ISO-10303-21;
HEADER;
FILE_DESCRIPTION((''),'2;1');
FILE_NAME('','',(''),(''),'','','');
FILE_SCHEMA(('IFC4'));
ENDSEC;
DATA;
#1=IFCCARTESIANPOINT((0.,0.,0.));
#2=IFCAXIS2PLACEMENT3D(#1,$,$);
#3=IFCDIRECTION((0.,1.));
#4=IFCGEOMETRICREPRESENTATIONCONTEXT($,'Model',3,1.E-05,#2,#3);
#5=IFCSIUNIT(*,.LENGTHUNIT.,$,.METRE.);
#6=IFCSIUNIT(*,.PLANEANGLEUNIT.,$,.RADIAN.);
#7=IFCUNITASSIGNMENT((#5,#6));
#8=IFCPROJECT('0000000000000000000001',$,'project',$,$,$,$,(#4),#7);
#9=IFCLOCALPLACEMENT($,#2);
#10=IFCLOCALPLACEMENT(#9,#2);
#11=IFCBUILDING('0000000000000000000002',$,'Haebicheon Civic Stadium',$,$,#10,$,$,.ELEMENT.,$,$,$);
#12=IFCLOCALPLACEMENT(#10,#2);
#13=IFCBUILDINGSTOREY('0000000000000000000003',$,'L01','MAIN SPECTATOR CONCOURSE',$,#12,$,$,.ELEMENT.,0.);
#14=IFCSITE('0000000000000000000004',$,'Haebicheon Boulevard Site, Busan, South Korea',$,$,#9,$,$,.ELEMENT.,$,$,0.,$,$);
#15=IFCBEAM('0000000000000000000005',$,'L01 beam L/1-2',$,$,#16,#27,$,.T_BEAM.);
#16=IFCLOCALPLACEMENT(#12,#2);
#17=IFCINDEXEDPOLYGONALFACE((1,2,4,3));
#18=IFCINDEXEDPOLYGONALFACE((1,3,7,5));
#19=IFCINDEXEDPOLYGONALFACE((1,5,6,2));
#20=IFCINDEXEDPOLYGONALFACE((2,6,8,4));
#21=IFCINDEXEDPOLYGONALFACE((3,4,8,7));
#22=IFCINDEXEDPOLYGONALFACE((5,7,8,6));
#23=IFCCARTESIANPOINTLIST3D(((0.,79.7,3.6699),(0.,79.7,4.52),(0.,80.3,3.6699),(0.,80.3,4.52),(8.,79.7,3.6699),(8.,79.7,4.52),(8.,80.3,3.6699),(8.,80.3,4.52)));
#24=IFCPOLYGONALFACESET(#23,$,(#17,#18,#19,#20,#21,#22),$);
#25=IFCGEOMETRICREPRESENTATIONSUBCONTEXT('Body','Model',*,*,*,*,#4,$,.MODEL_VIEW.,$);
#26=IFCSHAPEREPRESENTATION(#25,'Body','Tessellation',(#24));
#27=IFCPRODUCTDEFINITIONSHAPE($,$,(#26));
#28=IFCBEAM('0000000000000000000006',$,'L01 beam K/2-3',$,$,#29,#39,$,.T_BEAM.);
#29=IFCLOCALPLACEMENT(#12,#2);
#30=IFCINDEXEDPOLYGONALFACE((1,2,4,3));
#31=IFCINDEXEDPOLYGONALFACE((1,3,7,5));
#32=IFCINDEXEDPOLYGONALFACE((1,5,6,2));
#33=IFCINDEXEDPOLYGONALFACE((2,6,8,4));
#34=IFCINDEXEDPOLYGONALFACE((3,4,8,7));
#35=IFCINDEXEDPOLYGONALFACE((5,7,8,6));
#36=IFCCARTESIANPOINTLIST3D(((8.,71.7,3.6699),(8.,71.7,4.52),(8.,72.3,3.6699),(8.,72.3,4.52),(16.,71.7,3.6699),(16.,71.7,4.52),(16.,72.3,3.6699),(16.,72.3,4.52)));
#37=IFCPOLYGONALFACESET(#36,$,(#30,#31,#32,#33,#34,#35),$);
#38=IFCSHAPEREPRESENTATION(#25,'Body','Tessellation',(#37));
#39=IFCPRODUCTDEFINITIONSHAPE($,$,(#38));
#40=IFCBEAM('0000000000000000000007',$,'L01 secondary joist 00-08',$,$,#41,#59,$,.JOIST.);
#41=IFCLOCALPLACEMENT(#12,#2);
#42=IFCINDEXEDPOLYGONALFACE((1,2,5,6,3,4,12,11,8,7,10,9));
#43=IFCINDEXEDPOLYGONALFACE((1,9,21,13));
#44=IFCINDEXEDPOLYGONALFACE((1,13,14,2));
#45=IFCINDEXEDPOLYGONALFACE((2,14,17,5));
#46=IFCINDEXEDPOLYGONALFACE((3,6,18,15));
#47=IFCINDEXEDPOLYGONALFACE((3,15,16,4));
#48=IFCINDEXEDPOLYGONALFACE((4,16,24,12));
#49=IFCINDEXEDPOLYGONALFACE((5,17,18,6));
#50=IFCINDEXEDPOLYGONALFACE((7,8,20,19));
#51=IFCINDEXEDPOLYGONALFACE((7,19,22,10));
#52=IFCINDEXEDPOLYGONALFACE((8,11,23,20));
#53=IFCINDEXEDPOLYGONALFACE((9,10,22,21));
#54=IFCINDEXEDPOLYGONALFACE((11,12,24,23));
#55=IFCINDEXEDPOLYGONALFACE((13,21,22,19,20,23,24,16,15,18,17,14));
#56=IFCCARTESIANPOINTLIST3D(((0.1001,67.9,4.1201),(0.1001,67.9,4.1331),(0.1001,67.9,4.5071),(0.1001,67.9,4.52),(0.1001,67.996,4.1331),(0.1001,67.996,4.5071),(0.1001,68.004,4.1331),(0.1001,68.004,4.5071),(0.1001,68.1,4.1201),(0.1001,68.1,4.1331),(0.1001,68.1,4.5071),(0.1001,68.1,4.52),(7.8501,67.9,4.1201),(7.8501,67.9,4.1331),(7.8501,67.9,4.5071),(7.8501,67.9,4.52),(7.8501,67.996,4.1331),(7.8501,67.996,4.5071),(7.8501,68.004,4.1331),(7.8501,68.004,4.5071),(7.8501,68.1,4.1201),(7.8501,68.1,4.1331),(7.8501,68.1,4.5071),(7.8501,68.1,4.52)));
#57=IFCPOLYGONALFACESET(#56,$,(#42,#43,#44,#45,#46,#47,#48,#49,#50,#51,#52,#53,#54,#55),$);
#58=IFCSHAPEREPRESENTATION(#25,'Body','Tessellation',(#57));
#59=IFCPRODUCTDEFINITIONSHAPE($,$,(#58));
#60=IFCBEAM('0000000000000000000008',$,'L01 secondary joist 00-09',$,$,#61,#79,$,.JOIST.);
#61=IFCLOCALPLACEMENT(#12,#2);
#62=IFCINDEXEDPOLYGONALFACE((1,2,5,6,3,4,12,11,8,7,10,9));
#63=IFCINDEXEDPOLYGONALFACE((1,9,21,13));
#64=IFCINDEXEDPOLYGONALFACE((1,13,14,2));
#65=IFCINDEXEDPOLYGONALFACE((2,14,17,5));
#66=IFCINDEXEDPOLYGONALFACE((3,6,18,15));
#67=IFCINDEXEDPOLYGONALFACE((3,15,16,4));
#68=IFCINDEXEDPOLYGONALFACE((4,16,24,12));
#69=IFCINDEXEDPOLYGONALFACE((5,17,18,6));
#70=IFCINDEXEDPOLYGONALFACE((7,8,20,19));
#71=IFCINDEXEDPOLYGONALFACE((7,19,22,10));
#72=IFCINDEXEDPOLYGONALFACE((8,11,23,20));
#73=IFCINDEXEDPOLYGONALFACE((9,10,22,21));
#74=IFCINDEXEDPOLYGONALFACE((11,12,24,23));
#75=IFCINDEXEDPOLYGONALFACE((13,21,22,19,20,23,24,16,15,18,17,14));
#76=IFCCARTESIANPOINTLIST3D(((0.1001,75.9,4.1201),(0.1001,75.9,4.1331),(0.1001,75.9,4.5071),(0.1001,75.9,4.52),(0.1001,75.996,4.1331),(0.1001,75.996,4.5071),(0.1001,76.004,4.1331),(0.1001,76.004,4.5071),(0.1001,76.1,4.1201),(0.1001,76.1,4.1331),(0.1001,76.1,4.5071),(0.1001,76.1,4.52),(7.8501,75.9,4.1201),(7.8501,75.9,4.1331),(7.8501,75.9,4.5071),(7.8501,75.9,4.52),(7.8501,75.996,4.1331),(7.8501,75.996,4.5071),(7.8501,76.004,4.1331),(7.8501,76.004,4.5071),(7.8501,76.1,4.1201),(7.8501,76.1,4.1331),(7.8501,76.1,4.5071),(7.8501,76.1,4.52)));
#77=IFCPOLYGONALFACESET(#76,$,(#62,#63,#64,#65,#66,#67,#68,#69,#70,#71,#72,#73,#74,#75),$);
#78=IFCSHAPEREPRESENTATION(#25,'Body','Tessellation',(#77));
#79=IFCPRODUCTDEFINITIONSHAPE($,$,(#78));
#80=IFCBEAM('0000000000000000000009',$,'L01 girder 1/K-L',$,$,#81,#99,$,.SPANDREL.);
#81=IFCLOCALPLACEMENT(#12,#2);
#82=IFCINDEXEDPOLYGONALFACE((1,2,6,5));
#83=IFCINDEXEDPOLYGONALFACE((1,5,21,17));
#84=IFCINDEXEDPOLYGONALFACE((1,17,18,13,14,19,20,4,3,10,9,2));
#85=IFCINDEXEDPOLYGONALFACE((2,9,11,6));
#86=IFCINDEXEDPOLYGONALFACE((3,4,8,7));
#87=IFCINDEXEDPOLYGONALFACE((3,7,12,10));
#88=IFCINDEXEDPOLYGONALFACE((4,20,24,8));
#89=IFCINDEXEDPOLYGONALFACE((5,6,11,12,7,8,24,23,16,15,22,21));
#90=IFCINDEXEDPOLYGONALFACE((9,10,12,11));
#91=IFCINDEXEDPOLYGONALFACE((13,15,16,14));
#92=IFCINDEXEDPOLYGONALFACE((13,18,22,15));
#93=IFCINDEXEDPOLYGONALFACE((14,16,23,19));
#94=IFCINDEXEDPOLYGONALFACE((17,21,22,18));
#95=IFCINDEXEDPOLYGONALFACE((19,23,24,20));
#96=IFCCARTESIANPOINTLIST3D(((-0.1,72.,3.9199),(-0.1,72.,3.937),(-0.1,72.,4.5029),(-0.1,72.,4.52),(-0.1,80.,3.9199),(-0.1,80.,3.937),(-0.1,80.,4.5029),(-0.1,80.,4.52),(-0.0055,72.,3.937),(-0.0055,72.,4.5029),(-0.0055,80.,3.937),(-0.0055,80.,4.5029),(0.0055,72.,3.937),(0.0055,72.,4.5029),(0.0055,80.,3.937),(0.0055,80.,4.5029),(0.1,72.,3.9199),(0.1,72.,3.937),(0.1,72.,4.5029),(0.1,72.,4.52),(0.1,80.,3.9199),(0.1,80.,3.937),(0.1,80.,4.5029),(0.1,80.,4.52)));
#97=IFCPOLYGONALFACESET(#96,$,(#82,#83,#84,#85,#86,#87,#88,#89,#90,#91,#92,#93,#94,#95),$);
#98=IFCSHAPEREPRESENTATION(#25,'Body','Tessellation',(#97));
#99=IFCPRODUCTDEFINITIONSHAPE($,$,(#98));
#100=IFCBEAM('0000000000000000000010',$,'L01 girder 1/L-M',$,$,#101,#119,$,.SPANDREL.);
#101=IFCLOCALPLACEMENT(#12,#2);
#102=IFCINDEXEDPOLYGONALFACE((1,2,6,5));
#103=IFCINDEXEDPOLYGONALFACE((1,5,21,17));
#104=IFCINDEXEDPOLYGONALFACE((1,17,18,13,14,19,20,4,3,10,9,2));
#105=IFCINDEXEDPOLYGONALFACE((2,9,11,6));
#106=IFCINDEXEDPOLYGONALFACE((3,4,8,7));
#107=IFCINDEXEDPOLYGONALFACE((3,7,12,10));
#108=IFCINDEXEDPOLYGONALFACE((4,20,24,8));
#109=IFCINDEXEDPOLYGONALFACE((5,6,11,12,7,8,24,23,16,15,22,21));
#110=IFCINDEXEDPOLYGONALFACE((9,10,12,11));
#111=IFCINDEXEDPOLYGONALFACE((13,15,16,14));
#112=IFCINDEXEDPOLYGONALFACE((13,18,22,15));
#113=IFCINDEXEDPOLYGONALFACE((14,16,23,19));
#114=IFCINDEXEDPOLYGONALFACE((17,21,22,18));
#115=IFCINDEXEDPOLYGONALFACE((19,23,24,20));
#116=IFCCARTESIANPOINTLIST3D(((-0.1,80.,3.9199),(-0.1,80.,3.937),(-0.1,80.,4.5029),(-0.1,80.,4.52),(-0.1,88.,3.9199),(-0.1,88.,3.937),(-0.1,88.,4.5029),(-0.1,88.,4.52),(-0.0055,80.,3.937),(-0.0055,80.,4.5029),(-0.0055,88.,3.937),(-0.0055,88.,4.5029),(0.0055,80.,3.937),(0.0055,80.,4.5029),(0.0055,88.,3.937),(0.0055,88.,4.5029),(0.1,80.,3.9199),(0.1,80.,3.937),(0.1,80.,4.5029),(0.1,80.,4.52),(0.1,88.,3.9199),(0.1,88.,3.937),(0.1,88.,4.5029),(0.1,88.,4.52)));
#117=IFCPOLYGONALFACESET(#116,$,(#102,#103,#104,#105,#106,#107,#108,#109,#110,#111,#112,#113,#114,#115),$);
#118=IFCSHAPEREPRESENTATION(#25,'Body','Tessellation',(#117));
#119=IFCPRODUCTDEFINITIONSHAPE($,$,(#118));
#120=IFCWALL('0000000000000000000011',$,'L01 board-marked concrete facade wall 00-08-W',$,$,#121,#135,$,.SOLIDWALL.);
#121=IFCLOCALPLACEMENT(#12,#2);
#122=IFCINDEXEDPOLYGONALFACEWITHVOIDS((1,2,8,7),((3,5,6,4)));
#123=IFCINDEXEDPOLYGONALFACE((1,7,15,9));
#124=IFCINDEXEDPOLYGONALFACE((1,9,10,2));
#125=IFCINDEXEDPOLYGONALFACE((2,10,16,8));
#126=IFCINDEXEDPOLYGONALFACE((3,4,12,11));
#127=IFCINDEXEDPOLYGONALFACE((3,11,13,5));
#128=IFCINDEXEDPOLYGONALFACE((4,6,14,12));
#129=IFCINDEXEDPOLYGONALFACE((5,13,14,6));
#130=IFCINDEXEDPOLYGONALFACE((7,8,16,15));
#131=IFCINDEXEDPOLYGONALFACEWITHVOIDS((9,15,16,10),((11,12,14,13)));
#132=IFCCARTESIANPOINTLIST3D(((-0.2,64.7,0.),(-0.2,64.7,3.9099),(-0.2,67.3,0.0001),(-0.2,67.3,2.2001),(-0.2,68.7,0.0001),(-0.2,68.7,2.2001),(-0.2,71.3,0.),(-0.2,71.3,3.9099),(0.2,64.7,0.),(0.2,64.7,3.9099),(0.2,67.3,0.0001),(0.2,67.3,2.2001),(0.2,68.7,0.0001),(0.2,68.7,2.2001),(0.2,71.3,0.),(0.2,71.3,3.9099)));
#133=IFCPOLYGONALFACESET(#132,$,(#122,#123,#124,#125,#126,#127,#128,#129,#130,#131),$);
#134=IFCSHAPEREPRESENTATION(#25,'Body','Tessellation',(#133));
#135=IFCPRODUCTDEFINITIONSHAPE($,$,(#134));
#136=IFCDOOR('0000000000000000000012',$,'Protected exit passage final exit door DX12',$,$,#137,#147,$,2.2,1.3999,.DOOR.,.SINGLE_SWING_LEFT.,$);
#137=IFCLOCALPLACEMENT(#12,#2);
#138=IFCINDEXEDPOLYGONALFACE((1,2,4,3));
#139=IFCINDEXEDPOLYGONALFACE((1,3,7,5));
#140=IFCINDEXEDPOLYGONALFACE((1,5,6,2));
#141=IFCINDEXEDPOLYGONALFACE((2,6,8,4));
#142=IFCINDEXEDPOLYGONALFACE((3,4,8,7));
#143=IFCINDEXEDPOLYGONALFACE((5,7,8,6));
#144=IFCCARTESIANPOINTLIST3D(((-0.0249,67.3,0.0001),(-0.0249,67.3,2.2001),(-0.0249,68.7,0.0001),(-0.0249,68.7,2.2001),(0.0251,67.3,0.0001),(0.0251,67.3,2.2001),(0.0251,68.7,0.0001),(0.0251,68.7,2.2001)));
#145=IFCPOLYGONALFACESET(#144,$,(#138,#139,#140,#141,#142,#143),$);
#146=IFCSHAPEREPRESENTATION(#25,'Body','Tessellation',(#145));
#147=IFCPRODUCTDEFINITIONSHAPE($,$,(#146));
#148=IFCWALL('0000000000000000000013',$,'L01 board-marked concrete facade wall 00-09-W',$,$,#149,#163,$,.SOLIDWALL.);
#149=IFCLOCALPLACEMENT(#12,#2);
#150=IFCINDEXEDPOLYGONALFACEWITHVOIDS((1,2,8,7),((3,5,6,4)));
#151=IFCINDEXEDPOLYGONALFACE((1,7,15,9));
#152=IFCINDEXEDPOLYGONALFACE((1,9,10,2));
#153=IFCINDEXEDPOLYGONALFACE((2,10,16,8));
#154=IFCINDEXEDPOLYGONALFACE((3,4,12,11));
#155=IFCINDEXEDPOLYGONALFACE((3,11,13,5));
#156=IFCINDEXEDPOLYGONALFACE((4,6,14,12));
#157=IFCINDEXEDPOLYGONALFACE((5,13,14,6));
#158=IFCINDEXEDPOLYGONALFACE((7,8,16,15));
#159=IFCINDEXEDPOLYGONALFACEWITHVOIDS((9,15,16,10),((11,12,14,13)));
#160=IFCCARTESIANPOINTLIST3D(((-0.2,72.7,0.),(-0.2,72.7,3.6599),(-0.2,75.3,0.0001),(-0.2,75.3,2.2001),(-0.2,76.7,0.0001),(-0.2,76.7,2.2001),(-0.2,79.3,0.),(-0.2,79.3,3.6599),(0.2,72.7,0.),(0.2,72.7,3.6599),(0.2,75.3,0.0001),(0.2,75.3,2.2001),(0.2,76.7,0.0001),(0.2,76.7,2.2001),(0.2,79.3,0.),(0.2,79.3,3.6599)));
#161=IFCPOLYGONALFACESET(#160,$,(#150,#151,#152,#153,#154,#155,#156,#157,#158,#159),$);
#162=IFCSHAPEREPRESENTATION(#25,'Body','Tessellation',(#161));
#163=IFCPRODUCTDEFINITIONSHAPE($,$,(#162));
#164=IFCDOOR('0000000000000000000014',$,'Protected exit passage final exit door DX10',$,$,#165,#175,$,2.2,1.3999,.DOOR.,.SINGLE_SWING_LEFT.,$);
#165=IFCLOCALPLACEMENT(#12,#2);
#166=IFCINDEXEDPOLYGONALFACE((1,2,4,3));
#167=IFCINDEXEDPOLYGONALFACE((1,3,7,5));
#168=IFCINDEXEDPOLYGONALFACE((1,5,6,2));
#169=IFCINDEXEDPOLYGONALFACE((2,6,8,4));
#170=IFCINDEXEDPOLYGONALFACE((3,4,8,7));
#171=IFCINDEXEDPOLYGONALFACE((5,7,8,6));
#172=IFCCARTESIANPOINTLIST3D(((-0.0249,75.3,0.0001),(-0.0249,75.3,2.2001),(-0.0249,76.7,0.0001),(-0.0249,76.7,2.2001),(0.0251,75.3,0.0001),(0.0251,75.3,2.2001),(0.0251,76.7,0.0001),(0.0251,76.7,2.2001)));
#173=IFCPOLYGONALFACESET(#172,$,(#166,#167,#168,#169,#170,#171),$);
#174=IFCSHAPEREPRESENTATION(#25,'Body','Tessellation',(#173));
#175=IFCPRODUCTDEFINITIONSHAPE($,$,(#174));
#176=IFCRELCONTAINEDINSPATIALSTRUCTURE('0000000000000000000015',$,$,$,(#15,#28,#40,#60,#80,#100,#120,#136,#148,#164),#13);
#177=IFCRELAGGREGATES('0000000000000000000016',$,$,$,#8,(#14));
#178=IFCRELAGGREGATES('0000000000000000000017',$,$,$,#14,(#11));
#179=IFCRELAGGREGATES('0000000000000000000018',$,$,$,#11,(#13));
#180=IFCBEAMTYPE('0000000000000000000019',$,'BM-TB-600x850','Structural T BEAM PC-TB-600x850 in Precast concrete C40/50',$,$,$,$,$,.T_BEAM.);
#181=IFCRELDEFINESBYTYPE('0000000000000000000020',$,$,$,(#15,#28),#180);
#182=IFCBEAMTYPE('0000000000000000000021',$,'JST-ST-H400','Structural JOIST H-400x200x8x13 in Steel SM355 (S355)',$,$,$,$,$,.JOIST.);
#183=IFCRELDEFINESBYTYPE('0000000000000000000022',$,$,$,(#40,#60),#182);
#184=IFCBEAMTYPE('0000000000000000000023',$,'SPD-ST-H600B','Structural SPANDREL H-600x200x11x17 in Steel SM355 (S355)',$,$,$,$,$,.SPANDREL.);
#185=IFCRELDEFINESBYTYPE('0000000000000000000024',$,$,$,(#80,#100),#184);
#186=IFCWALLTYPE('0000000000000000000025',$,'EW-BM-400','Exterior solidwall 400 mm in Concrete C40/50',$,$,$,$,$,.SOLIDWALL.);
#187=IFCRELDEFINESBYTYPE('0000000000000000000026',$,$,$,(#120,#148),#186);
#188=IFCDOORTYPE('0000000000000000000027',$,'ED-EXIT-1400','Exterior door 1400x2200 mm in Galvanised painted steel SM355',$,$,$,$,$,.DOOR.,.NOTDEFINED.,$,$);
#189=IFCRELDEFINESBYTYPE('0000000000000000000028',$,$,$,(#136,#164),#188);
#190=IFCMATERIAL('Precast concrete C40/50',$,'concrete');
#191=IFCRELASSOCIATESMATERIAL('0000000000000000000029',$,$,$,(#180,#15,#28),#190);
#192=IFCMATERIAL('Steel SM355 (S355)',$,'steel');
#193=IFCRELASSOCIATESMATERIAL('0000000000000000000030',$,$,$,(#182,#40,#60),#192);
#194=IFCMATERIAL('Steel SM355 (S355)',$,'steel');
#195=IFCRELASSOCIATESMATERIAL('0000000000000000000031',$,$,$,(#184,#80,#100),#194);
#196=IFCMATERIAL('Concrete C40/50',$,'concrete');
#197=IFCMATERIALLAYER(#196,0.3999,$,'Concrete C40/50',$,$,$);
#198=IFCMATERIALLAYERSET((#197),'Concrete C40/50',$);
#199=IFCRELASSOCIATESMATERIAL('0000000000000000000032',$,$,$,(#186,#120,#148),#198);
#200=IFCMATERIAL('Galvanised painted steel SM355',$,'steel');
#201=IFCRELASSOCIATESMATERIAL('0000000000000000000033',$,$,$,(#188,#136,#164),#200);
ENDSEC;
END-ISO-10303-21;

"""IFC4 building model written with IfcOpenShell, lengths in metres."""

from ifc_helpers import new_model, si_unit, direction, frame, frame_2d, origin, origin_2d, place, context, subcontext, project, spatial, rectangle, i_section, extrude, material, layer, layer_set, material_profile, profile_set, type_object, element, fill, save


model = new_model("IFC4")

# Units and contexts
model_context = context("Model", 3, precision=1e-05, world=origin(), true_north=direction((0.0, 1.0)))
body_context = subcontext(model_context, "Body", "Model", "MODEL_VIEW")
ifc_project = project(units=[si_unit("LENGTHUNIT", "METRE"), si_unit("PLANEANGLEUNIT", "RADIAN")], contexts=[model_context])

# Site, building, storey
site_placement = place(None, origin())
site = spatial("IfcSite", under=ifc_project, at=site_placement, Name="Haebicheon Boulevard Site, Busan, South Korea", CompositionType="ELEMENT", RefElevation=0.0)
building_placement = place(site_placement, origin())
building = spatial("IfcBuilding", under=site, at=building_placement, Name="Haebicheon Civic Stadium", CompositionType="ELEMENT")
storey_placement = place(building_placement, origin())
storey = spatial("IfcBuildingStorey", under=building, at=storey_placement, Name="L01", Description="MAIN SPECTATOR CONCOURSE", CompositionType="ELEMENT", Elevation=0.0)

# Beams
ifc_material_1 = material(Name="Precast concrete C40/50", Category="concrete")
ifc_material_profile_1 = material_profile(ifc_material_1, rectangle(XDim=0.6001, YDim=0.8501, at=origin_2d()), Name="PC-TB-600x850")
ifc_profile_set_1 = profile_set([ifc_material_profile_1], Name="Precast concrete C40/50")
beam_type_1 = type_object("IfcBeamType", Name="BM-TB-600x850", Description="Structural T BEAM PC-TB-600x850 in Precast concrete C40/50", PredefinedType="T_BEAM", material=ifc_profile_set_1)
for number, where, z_axis, x_axis, name in (
    (1, (0.0, 80.0, 4.095), (1.0, 0.0, 0.0), (0.0, 1.0, 0.0), "L01 beam L/1-2"),
    (2, (8.0, 72.0, 4.095), (1.0, 0.0, 0.0), (0.0, 1.0, 0.0), "L01 beam K/2-3"),
):
    element("IfcBeam", number, at=place(storey_placement, frame(where, z_axis=z_axis, x_axis=x_axis)), inside=storey, type_object=beam_type_1, material=ifc_profile_set_1, Name=name, PredefinedType="T_BEAM", context=body_context, shape_type="SweptSolid", body=[
        extrude(rectangle(XDim=0.6001, YDim=0.8501, at=origin_2d()), origin(), (0.0, 0.0, 1.0), 8.0),
    ])
ifc_material_2 = material(Name="Steel SM355 (S355)", Category="steel")
ifc_material_profile_2 = material_profile(ifc_material_2, i_section(OverallWidth=0.2, OverallDepth=0.3999, WebThickness=0.0081, FlangeThickness=0.0129, at=origin_2d()), Name="H-400x200x8x13")
ifc_profile_set_2 = profile_set([ifc_material_profile_2], Name="Steel SM355 (S355)")
beam_type_2 = type_object("IfcBeamType", Name="JST-ST-H400", Description="Structural JOIST H-400x200x8x13 in Steel SM355 (S355)", PredefinedType="JOIST", material=ifc_profile_set_2)
for number, where, z_axis, x_axis, name in (
    (3, (0.1001, 68.0, 4.3201), (1.0, 0.0, 0.0), (0.0, 1.0, 0.0), "L01 secondary joist 00-08"),
    (4, (0.1001, 76.0, 4.3201), (1.0, 0.0, 0.0), (0.0, 1.0, 0.0), "L01 secondary joist 00-09"),
):
    element("IfcBeam", number, at=place(storey_placement, frame(where, z_axis=z_axis, x_axis=x_axis)), inside=storey, type_object=beam_type_2, material=ifc_profile_set_2, Name=name, PredefinedType="JOIST", context=body_context, shape_type="SweptSolid", body=[
        extrude(i_section(OverallWidth=0.2, OverallDepth=0.3999, WebThickness=0.0081, FlangeThickness=0.0129, at=origin_2d()), origin(), (0.0, 0.0, 1.0), 7.75),
    ])
ifc_material_3 = material(Name="Steel SM355 (S355)", Category="steel")
ifc_material_profile_3 = material_profile(ifc_material_3, i_section(OverallWidth=0.2, OverallDepth=0.6001, WebThickness=0.011, FlangeThickness=0.0171, at=origin_2d()), Name="H-600x200x11x17")
ifc_profile_set_3 = profile_set([ifc_material_profile_3], Name="Steel SM355 (S355)")
beam_type_3 = type_object("IfcBeamType", Name="SPD-ST-H600B", Description="Structural SPANDREL H-600x200x11x17 in Steel SM355 (S355)", PredefinedType="SPANDREL", material=ifc_profile_set_3)
for number, where, z_axis, x_axis, name in (
    (5, (0.0, 72.0, 4.22), (0.0, 1.0, 0.0), (-1.0, 0.0, 0.0), "L01 girder 1/K-L"),
    (6, (0.0, 80.0, 4.22), (0.0, 1.0, 0.0), (-1.0, 0.0, 0.0), "L01 girder 1/L-M"),
):
    element("IfcBeam", number, at=place(storey_placement, frame(where, z_axis=z_axis, x_axis=x_axis)), inside=storey, type_object=beam_type_3, material=ifc_profile_set_3, Name=name, PredefinedType="SPANDREL", context=body_context, shape_type="SweptSolid", body=[
        extrude(i_section(OverallWidth=0.2, OverallDepth=0.6001, WebThickness=0.011, FlangeThickness=0.0171, at=origin_2d()), origin(), (0.0, 0.0, 1.0), 8.0),
    ])

# Walls, openings, doors
ifc_material_4 = material(Name="Concrete C40/50", Category="concrete")
ifc_layer_1 = layer(ifc_material_4, 0.3999, Name="Concrete C40/50")
ifc_layer_set_1 = layer_set([ifc_layer_1], Name="Concrete C40/50")
wall_type_1 = type_object("IfcWallType", Name="EW-BM-400", Description="Exterior solidwall 400 mm in Concrete C40/50", PredefinedType="SOLIDWALL", material=ifc_layer_set_1)
wall_1_placement = place(storey_placement, frame((0.0, 64.7, 0.0), z_axis=(0.0, 0.0, 1.0), x_axis=(0.0, 1.0, 0.0)))
wall_1 = element("IfcWall", 7, at=wall_1_placement, inside=storey, type_object=wall_type_1, material=ifc_layer_set_1, Name="L01 board-marked concrete facade wall 00-08-W", PredefinedType="SOLIDWALL", context=body_context, shape_type="SweptSolid", body=[
    extrude(rectangle(XDim=6.6001, YDim=0.3999, at=frame_2d((3.3, 0.0))), origin(), (0.0, 0.0, 1.0), 3.9099),
])
opening_1_placement = place(wall_1_placement, frame((2.6001, 0.0, 0.0)))
opening_1 = element("IfcOpeningElement", 8, at=opening_1_placement, cuts=wall_1, PredefinedType="OPENING", context=body_context, shape_type="SweptSolid", body=[
    extrude(rectangle(XDim=1.3999, YDim=2.2, at=frame_2d((0.7, 1.1001))), frame((0.0, 0.21, 0.0), z_axis=(0.0, -1.0, 0.0), x_axis=(1.0, 0.0, 0.0)), (0.0, 0.0, 1.0), 0.4199),
])
ifc_material_5 = material(Name="Galvanised painted steel SM355", Category="steel")
door_type_1 = type_object("IfcDoorType", Name="ED-EXIT-1400", Description="Exterior door 1400x2200 mm in Galvanised painted steel SM355", OperationType="NOTDEFINED", PredefinedType="DOOR", material=ifc_material_5)
door_1_placement = place(opening_1_placement, origin())
door_1 = element("IfcDoor", 9, at=door_1_placement, inside=storey, type_object=door_type_1, material=ifc_material_5, Name="Protected exit passage final exit door DX12", OperationType="SINGLE_SWING_LEFT", OverallHeight=2.2, OverallWidth=1.3999, PredefinedType="DOOR", context=body_context, shape_type="SweptSolid", body=[
    extrude(rectangle(XDim=1.3999, YDim=2.2, at=frame_2d((0.7, 1.1001))), frame((0.0, 0.0249, 0.0), z_axis=(0.0, -1.0, 0.0), x_axis=(1.0, 0.0, 0.0)), (0.0, 0.0, 1.0), 0.05),
])
fill(opening_1, door_1)
wall_2_placement = place(storey_placement, frame((0.0, 72.7, 0.0), z_axis=(0.0, 0.0, 1.0), x_axis=(0.0, 1.0, 0.0)))
wall_2 = element("IfcWall", 10, at=wall_2_placement, inside=storey, type_object=wall_type_1, material=ifc_layer_set_1, Name="L01 board-marked concrete facade wall 00-09-W", PredefinedType="SOLIDWALL", context=body_context, shape_type="SweptSolid", body=[
    extrude(rectangle(XDim=6.6001, YDim=0.3999, at=frame_2d((3.3, 0.0))), origin(), (0.0, 0.0, 1.0), 3.6599),
])
opening_2_placement = place(wall_2_placement, frame((2.6001, 0.0, 0.0)))
opening_2 = element("IfcOpeningElement", 11, at=opening_2_placement, cuts=wall_2, PredefinedType="OPENING", context=body_context, shape_type="SweptSolid", body=[
    extrude(rectangle(XDim=1.3999, YDim=2.2, at=frame_2d((0.7, 1.1001))), frame((0.0, 0.21, 0.0), z_axis=(0.0, -1.0, 0.0), x_axis=(1.0, 0.0, 0.0)), (0.0, 0.0, 1.0), 0.4199),
])
door_2_placement = place(opening_2_placement, origin())
door_2 = element("IfcDoor", 12, at=door_2_placement, inside=storey, type_object=door_type_1, material=ifc_material_5, Name="Protected exit passage final exit door DX10", OperationType="SINGLE_SWING_LEFT", OverallHeight=2.2, OverallWidth=1.3999, PredefinedType="DOOR", context=body_context, shape_type="SweptSolid", body=[
    extrude(rectangle(XDim=1.3999, YDim=2.2, at=frame_2d((0.7, 1.1001))), frame((0.0, 0.0249, 0.0), z_axis=(0.0, -1.0, 0.0), x_axis=(1.0, 0.0, 0.0)), (0.0, 0.0, 1.0), 0.05),
])
fill(opening_2, door_2)

save(model, "model.ifc")
